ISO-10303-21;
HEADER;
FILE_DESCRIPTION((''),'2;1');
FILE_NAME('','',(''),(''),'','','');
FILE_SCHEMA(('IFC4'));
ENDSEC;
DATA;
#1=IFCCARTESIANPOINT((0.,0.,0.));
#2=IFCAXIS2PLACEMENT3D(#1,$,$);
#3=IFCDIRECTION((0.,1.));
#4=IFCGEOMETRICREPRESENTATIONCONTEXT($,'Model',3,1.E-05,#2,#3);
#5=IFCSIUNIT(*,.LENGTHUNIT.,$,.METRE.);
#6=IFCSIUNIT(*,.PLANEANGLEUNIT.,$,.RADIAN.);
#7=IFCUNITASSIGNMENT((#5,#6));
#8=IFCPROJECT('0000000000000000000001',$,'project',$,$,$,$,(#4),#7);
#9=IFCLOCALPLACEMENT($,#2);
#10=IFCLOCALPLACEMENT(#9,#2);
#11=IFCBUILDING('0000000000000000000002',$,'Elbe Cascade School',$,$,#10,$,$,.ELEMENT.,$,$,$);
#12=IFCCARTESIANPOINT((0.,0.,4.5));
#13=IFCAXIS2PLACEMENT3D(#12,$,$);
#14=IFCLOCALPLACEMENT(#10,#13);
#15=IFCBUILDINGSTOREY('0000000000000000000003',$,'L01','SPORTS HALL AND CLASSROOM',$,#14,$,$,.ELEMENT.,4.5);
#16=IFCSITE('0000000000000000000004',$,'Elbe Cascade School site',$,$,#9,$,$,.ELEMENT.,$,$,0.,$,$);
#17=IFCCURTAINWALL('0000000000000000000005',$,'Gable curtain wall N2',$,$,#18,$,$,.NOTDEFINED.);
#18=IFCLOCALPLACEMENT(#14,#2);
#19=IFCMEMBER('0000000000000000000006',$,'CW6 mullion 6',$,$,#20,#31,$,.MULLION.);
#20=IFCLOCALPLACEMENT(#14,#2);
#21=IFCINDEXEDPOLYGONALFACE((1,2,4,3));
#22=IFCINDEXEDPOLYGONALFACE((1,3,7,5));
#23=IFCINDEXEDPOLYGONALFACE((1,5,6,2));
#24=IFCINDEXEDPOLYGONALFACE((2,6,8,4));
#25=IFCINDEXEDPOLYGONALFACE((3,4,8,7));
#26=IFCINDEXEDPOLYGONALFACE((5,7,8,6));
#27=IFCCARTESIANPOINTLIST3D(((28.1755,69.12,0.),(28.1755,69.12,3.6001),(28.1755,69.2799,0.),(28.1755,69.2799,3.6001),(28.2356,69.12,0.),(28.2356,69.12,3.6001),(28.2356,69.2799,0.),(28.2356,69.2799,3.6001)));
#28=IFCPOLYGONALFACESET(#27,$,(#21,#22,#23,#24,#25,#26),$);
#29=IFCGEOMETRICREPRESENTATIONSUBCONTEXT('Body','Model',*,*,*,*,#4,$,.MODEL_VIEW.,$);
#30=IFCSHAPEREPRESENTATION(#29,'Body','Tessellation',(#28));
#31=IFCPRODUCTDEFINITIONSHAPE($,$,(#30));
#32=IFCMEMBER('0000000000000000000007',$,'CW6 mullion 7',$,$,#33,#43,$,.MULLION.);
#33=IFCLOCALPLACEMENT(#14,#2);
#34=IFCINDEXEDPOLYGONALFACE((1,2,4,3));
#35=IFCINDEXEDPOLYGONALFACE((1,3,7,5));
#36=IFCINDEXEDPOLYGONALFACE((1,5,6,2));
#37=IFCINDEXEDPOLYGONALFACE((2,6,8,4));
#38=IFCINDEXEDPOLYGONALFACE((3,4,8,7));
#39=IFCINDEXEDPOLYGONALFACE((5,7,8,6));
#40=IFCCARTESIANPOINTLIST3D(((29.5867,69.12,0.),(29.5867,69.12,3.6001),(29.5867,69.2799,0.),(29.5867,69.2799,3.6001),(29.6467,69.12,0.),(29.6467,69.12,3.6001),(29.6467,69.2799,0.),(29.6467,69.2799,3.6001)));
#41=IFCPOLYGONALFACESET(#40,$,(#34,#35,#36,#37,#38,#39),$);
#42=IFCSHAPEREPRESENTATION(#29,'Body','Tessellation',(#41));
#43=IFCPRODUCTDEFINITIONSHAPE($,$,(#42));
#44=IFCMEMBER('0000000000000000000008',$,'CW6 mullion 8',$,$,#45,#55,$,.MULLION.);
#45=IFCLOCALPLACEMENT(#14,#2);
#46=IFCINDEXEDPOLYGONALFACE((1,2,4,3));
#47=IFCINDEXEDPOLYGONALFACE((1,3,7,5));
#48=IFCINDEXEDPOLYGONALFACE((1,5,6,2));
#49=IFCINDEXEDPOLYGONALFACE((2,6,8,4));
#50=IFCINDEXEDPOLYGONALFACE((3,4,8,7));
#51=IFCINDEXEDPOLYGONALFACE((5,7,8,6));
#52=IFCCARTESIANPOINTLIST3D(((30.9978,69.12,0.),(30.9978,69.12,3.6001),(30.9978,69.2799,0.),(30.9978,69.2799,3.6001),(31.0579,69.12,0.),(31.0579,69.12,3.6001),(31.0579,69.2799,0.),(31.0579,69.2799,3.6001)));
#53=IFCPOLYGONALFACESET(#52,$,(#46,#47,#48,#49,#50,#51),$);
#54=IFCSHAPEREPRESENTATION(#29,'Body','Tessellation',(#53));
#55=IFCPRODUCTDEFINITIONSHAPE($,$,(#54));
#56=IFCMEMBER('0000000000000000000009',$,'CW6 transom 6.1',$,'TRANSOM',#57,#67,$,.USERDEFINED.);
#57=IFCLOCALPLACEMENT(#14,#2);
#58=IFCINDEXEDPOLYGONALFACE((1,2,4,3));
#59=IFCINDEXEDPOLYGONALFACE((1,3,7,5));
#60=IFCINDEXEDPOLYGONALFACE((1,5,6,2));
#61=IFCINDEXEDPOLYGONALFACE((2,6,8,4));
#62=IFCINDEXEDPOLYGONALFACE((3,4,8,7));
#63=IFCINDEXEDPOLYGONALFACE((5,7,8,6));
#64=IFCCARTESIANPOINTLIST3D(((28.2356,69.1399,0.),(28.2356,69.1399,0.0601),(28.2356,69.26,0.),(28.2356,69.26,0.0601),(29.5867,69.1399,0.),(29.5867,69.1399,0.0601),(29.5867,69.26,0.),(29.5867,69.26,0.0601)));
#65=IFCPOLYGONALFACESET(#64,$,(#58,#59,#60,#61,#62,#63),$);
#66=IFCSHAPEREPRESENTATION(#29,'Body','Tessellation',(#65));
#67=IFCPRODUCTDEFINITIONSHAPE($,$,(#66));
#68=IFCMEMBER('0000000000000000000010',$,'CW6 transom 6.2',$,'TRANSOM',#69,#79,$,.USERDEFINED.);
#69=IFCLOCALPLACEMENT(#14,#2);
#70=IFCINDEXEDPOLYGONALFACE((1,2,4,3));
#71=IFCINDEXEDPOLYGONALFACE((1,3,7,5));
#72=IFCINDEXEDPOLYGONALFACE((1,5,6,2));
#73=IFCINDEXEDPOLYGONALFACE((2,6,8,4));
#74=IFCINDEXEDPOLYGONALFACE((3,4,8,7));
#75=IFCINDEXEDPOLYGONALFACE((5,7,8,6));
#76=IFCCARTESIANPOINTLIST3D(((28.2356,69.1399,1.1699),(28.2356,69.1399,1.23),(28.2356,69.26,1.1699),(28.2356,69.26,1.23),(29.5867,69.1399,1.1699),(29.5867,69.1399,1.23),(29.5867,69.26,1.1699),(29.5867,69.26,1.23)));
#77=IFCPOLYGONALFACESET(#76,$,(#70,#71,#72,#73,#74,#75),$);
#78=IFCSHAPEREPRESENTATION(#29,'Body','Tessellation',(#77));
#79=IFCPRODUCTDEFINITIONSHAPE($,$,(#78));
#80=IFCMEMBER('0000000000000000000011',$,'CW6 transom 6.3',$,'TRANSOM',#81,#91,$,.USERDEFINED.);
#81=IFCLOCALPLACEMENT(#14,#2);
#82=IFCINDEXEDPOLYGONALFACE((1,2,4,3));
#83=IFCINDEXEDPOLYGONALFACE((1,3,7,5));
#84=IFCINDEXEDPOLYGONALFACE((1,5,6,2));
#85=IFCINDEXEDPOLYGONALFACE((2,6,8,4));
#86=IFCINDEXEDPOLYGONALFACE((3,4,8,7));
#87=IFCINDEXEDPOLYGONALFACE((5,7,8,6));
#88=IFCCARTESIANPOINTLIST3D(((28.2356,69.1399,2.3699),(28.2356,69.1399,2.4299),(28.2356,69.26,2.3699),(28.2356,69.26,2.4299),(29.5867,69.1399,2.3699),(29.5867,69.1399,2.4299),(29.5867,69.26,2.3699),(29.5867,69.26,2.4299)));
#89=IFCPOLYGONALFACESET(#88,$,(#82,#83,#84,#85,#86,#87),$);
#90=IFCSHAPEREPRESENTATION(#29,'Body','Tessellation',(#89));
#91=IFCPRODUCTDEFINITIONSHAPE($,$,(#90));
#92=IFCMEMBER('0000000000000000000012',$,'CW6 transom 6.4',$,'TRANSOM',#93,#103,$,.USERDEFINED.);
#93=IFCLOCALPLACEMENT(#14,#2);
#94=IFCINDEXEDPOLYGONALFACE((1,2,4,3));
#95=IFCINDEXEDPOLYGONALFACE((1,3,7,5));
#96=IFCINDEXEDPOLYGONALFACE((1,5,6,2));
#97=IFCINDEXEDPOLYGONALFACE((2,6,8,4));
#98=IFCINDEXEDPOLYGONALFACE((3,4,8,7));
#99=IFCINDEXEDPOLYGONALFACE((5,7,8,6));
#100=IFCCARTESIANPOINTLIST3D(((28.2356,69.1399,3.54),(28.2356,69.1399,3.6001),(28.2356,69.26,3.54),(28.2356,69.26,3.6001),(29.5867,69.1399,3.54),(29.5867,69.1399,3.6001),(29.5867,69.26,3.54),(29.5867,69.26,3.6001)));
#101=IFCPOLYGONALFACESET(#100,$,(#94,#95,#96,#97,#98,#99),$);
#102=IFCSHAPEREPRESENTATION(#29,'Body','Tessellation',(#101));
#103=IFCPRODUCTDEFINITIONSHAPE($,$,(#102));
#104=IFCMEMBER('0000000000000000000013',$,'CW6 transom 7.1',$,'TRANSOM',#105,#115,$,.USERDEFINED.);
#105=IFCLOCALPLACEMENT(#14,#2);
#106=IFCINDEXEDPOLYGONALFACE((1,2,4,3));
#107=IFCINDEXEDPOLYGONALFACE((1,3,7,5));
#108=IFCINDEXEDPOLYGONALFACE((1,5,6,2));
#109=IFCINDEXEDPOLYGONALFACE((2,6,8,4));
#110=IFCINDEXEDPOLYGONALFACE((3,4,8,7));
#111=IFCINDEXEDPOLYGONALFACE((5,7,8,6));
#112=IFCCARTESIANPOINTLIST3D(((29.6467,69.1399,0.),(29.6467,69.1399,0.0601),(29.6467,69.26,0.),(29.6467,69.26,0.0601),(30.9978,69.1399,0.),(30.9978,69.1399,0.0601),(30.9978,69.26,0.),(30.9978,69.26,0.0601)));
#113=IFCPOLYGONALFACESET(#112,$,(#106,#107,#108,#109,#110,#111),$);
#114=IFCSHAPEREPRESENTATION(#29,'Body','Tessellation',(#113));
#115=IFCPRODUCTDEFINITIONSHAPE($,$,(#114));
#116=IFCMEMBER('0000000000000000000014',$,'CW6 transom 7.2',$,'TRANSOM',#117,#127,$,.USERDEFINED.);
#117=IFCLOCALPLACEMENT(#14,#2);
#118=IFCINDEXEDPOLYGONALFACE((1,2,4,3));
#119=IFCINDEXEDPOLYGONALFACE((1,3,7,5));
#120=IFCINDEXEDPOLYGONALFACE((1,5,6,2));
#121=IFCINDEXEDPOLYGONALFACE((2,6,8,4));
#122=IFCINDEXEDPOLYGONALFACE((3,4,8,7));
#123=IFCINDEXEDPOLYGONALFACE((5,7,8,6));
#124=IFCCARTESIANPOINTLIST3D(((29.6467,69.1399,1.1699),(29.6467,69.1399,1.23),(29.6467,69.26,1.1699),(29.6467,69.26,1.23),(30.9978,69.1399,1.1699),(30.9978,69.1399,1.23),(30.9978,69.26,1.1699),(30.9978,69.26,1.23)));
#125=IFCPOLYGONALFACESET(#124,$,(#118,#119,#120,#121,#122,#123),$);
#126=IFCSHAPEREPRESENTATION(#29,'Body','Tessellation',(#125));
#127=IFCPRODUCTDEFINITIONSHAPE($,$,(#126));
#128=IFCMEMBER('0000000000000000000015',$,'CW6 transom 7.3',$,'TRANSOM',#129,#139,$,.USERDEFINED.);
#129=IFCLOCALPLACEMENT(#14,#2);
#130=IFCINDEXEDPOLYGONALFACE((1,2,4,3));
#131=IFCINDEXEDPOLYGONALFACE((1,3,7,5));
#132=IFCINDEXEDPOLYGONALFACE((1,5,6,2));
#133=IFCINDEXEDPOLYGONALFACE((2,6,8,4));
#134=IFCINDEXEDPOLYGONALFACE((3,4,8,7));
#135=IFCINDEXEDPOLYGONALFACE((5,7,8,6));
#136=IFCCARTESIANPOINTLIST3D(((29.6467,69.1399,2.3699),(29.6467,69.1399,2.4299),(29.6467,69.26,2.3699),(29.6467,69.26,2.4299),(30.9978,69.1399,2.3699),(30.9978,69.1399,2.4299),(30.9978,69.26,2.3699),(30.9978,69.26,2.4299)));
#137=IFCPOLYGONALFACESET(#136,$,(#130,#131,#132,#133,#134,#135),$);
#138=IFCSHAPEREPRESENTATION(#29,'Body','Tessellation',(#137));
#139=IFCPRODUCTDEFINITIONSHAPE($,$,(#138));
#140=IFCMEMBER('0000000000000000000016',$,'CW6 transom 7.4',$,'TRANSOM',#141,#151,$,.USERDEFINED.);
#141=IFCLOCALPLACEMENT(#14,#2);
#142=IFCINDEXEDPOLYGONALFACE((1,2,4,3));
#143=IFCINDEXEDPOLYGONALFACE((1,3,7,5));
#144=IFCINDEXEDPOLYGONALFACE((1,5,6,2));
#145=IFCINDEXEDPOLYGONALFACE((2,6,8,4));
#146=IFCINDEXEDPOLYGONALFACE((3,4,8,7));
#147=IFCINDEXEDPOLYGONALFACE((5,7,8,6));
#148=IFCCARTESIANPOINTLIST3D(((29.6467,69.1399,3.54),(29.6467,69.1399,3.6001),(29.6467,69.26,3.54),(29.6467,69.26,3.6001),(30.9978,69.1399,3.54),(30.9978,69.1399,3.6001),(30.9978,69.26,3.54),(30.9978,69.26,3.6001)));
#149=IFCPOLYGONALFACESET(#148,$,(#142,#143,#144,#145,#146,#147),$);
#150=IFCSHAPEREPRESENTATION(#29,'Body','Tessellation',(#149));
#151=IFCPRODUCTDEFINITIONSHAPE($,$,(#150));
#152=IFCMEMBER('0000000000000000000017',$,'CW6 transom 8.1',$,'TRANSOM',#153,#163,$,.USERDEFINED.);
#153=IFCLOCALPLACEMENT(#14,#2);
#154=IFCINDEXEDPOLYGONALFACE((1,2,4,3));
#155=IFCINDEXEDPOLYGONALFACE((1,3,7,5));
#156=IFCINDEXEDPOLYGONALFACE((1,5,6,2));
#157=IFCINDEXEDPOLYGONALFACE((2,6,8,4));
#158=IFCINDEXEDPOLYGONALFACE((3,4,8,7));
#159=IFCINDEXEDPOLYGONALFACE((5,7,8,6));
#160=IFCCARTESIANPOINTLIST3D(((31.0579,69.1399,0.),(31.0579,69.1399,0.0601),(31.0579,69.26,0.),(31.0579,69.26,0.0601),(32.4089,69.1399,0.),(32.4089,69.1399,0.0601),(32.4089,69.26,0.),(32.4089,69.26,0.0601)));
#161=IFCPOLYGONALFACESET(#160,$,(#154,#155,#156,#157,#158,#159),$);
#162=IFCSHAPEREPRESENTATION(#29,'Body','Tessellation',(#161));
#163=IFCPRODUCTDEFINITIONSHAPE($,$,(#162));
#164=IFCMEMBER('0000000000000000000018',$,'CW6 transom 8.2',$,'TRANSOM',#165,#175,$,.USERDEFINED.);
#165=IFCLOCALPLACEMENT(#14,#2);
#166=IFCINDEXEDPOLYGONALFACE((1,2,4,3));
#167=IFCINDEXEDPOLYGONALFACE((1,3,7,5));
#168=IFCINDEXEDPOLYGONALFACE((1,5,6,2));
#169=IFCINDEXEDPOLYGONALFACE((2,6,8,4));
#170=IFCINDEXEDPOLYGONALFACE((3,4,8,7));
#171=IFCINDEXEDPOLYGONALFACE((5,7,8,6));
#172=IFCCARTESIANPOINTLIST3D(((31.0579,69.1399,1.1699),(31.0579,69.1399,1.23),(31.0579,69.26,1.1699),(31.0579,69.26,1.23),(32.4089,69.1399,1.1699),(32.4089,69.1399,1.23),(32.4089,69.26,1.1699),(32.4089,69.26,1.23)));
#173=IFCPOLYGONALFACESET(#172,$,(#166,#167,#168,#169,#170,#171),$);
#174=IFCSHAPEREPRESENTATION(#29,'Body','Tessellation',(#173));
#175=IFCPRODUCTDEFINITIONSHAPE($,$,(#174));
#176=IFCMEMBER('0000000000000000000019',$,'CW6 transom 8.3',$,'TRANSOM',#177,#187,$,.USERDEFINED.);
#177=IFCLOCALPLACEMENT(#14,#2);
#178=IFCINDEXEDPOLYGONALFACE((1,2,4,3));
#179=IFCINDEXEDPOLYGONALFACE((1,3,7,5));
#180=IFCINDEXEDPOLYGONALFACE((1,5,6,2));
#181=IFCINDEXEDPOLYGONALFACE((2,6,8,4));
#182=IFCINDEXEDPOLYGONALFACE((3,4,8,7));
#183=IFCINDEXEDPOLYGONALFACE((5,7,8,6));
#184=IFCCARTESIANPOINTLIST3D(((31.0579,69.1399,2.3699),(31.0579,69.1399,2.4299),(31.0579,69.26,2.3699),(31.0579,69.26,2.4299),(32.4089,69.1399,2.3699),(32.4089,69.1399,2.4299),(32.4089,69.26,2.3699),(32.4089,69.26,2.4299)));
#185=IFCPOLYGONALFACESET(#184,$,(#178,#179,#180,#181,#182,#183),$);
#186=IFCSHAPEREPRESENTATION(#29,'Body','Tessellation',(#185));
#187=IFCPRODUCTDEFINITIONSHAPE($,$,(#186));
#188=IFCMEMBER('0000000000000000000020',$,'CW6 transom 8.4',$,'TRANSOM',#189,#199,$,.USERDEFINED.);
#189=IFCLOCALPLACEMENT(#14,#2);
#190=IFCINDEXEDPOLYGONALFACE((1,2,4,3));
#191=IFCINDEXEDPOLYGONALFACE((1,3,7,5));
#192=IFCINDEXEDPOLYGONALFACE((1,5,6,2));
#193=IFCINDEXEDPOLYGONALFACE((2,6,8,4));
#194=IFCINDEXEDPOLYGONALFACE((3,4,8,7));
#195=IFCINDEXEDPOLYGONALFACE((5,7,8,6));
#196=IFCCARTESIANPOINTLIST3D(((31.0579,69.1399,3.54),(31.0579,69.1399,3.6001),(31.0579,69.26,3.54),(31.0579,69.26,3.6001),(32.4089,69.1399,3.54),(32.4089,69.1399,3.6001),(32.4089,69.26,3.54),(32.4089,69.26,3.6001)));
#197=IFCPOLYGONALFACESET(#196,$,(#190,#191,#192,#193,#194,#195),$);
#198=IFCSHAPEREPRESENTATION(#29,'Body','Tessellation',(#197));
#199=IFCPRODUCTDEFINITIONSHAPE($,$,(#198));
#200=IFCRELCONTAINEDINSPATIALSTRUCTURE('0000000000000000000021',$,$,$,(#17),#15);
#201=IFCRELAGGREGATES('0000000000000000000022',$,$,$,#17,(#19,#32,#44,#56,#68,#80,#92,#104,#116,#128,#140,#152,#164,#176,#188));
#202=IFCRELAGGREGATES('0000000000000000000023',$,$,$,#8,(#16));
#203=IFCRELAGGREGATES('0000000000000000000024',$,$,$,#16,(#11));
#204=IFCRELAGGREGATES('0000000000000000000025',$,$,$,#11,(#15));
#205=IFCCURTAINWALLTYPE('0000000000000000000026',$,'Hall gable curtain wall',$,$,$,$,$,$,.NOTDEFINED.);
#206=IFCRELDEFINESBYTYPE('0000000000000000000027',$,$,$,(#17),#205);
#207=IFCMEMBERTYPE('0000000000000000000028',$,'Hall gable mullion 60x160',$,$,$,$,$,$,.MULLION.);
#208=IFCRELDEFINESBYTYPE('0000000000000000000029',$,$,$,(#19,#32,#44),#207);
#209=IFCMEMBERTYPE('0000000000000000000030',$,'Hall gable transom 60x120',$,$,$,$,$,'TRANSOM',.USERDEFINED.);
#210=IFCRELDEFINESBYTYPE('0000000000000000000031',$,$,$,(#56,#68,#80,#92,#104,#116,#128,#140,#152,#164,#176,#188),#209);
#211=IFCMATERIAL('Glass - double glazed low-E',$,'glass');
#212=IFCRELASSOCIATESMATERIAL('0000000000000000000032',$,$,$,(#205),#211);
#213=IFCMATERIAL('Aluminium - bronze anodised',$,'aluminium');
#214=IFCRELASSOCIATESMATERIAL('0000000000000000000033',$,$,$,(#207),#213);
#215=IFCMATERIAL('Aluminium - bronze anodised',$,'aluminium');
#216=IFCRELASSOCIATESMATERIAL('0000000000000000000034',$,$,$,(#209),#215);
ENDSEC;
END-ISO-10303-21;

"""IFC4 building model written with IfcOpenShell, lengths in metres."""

from ifc_helpers import new_model, si_unit, direction, frame, origin, origin_2d, place, context, subcontext, project, spatial, rectangle, extrude, material, material_profile, profile_set, type_object, element, aggregate, save


model = new_model("IFC4")

# Units and contexts
model_context = context("Model", 3, precision=1e-05, world=origin(), true_north=direction((0.0, 1.0)))
body_context = subcontext(model_context, "Body", "Model", "MODEL_VIEW")
ifc_project = project(units=[si_unit("LENGTHUNIT", "METRE"), si_unit("PLANEANGLEUNIT", "RADIAN")], contexts=[model_context])

# Site, building, storey
site_placement = place(None, origin())
site = spatial("IfcSite", under=ifc_project, at=site_placement, Name="Elbe Cascade School site", CompositionType="ELEMENT", RefElevation=0.0)
building_placement = place(site_placement, origin())
building = spatial("IfcBuilding", under=site, at=building_placement, Name="Elbe Cascade School", CompositionType="ELEMENT")
storey_placement = place(building_placement, frame((0.0, 0.0, 4.5)))
storey = spatial("IfcBuildingStorey", under=building, at=storey_placement, Name="L01", Description="SPORTS HALL AND CLASSROOM", CompositionType="ELEMENT", Elevation=4.5)

# Curtain wall, members
ifc_material_1 = material(Name="Glass - double glazed low-E", Category="glass")
curtain_wall_type = type_object("IfcCurtainWallType", Name="Hall gable curtain wall", PredefinedType="NOTDEFINED", material=ifc_material_1)
curtain_wall_placement = place(storey_placement, origin())
curtain_wall = element("IfcCurtainWall", 1, at=curtain_wall_placement, inside=storey, type_object=curtain_wall_type, Name="Gable curtain wall N2", PredefinedType="NOTDEFINED")
ifc_material_2 = material(Name="Aluminium - bronze anodised", Category="aluminium")
ifc_material_profile_1 = material_profile(ifc_material_2, rectangle(XDim=0.1599, YDim=0.0601, at=origin_2d()), Name="Alu 60x160")
ifc_profile_set_1 = profile_set([ifc_material_profile_1], Name="Aluminium - bronze anodised")
member_type_1 = type_object("IfcMemberType", Name="Hall gable mullion 60x160", PredefinedType="MULLION", material=ifc_profile_set_1)
member_1_placement = place(storey_placement, frame((28.2056, 69.2, 0.0), z_axis=(0.0, 0.0, 1.0), x_axis=(0.0, 1.0, 0.0)))
member_1 = element("IfcMember", 2, at=member_1_placement, type_object=member_type_1, Name="CW6 mullion 6", PredefinedType="MULLION", context=body_context, shape_type="SweptSolid", body=[
    extrude(rectangle(XDim=0.1599, YDim=0.0601, at=origin_2d()), origin(), (0.0, 0.0, 1.0), 3.6001),
])
member_2_placement = place(storey_placement, frame((29.6167, 69.2, 0.0), z_axis=(0.0, 0.0, 1.0), x_axis=(0.0, 1.0, 0.0)))
member_2 = element("IfcMember", 3, at=member_2_placement, type_object=member_type_1, Name="CW6 mullion 7", PredefinedType="MULLION", context=body_context, shape_type="SweptSolid", body=[
    extrude(rectangle(XDim=0.1599, YDim=0.0601, at=origin_2d()), origin(), (0.0, 0.0, 1.0), 3.6001),
])
member_3_placement = place(storey_placement, frame((31.0278, 69.2, 0.0), z_axis=(0.0, 0.0, 1.0), x_axis=(0.0, 1.0, 0.0)))
member_3 = element("IfcMember", 4, at=member_3_placement, type_object=member_type_1, Name="CW6 mullion 8", PredefinedType="MULLION", context=body_context, shape_type="SweptSolid", body=[
    extrude(rectangle(XDim=0.1599, YDim=0.0601, at=origin_2d()), origin(), (0.0, 0.0, 1.0), 3.6001),
])
ifc_material_3 = material(Name="Aluminium - bronze anodised", Category="aluminium")
ifc_material_profile_2 = material_profile(ifc_material_3, rectangle(XDim=0.1201, YDim=0.0601, at=origin_2d()), Name="Alu 60x120")
ifc_profile_set_2 = profile_set([ifc_material_profile_2], Name="Aluminium - bronze anodised")
member_type_2 = type_object("IfcMemberType", Name="Hall gable transom 60x120", ElementType="TRANSOM", PredefinedType="USERDEFINED", material=ifc_profile_set_2)
member_4_placement = place(storey_placement, frame((28.2356, 69.2, 0.03), z_axis=(1.0, 0.0, 0.0), x_axis=(0.0, 1.0, 0.0)))
member_4 = element("IfcMember", 5, at=member_4_placement, type_object=member_type_2, Name="CW6 transom 6.1", ObjectType="TRANSOM", PredefinedType="USERDEFINED", context=body_context, shape_type="SweptSolid", body=[
    extrude(rectangle(XDim=0.1201, YDim=0.0601, at=origin_2d()), origin(), (0.0, 0.0, 1.0), 1.3511),
])
member_5_placement = place(storey_placement, frame((28.2356, 69.2, 1.2), z_axis=(1.0, 0.0, 0.0), x_axis=(0.0, 1.0, 0.0)))
member_5 = element("IfcMember", 6, at=member_5_placement, type_object=member_type_2, Name="CW6 transom 6.2", ObjectType="TRANSOM", PredefinedType="USERDEFINED", context=body_context, shape_type="SweptSolid", body=[
    extrude(rectangle(XDim=0.1201, YDim=0.0601, at=origin_2d()), origin(), (0.0, 0.0, 1.0), 1.3511),
])
member_6_placement = place(storey_placement, frame((28.2356, 69.2, 2.3999), z_axis=(1.0, 0.0, 0.0), x_axis=(0.0, 1.0, 0.0)))
member_6 = element("IfcMember", 7, at=member_6_placement, type_object=member_type_2, Name="CW6 transom 6.3", ObjectType="TRANSOM", PredefinedType="USERDEFINED", context=body_context, shape_type="SweptSolid", body=[
    extrude(rectangle(XDim=0.1201, YDim=0.0601, at=origin_2d()), origin(), (0.0, 0.0, 1.0), 1.3511),
])
member_7_placement = place(storey_placement, frame((28.2356, 69.2, 3.5701), z_axis=(1.0, 0.0, 0.0), x_axis=(0.0, 1.0, 0.0)))
member_7 = element("IfcMember", 8, at=member_7_placement, type_object=member_type_2, Name="CW6 transom 6.4", ObjectType="TRANSOM", PredefinedType="USERDEFINED", context=body_context, shape_type="SweptSolid", body=[
    extrude(rectangle(XDim=0.1201, YDim=0.0601, at=origin_2d()), origin(), (0.0, 0.0, 1.0), 1.3511),
])
member_8_placement = place(storey_placement, frame((29.6467, 69.2, 0.03), z_axis=(1.0, 0.0, 0.0), x_axis=(0.0, 1.0, 0.0)))
member_8 = element("IfcMember", 9, at=member_8_placement, type_object=member_type_2, Name="CW6 transom 7.1", ObjectType="TRANSOM", PredefinedType="USERDEFINED", context=body_context, shape_type="SweptSolid", body=[
    extrude(rectangle(XDim=0.1201, YDim=0.0601, at=origin_2d()), origin(), (0.0, 0.0, 1.0), 1.3511),
])
member_9_placement = place(storey_placement, frame((29.6467, 69.2, 1.2), z_axis=(1.0, 0.0, 0.0), x_axis=(0.0, 1.0, 0.0)))
member_9 = element("IfcMember", 10, at=member_9_placement, type_object=member_type_2, Name="CW6 transom 7.2", ObjectType="TRANSOM", PredefinedType="USERDEFINED", context=body_context, shape_type="SweptSolid", body=[
    extrude(rectangle(XDim=0.1201, YDim=0.0601, at=origin_2d()), origin(), (0.0, 0.0, 1.0), 1.3511),
])
member_10_placement = place(storey_placement, frame((29.6467, 69.2, 2.3999), z_axis=(1.0, 0.0, 0.0), x_axis=(0.0, 1.0, 0.0)))
member_10 = element("IfcMember", 11, at=member_10_placement, type_object=member_type_2, Name="CW6 transom 7.3", ObjectType="TRANSOM", PredefinedType="USERDEFINED", context=body_context, shape_type="SweptSolid", body=[
    extrude(rectangle(XDim=0.1201, YDim=0.0601, at=origin_2d()), origin(), (0.0, 0.0, 1.0), 1.3511),
])
member_11_placement = place(storey_placement, frame((29.6467, 69.2, 3.5701), z_axis=(1.0, 0.0, 0.0), x_axis=(0.0, 1.0, 0.0)))
member_11 = element("IfcMember", 12, at=member_11_placement, type_object=member_type_2, Name="CW6 transom 7.4", ObjectType="TRANSOM", PredefinedType="USERDEFINED", context=body_context, shape_type="SweptSolid", body=[
    extrude(rectangle(XDim=0.1201, YDim=0.0601, at=origin_2d()), origin(), (0.0, 0.0, 1.0), 1.3511),
])
member_12_placement = place(storey_placement, frame((31.0579, 69.2, 0.03), z_axis=(1.0, 0.0, 0.0), x_axis=(0.0, 1.0, 0.0)))
member_12 = element("IfcMember", 13, at=member_12_placement, type_object=member_type_2, Name="CW6 transom 8.1", ObjectType="TRANSOM", PredefinedType="USERDEFINED", context=body_context, shape_type="SweptSolid", body=[
    extrude(rectangle(XDim=0.1201, YDim=0.0601, at=origin_2d()), origin(), (0.0, 0.0, 1.0), 1.3511),
])
member_13_placement = place(storey_placement, frame((31.0579, 69.2, 1.2), z_axis=(1.0, 0.0, 0.0), x_axis=(0.0, 1.0, 0.0)))
member_13 = element("IfcMember", 14, at=member_13_placement, type_object=member_type_2, Name="CW6 transom 8.2", ObjectType="TRANSOM", PredefinedType="USERDEFINED", context=body_context, shape_type="SweptSolid", body=[
    extrude(rectangle(XDim=0.1201, YDim=0.0601, at=origin_2d()), origin(), (0.0, 0.0, 1.0), 1.3511),
])
member_14_placement = place(storey_placement, frame((31.0579, 69.2, 2.3999), z_axis=(1.0, 0.0, 0.0), x_axis=(0.0, 1.0, 0.0)))
member_14 = element("IfcMember", 15, at=member_14_placement, type_object=member_type_2, Name="CW6 transom 8.3", ObjectType="TRANSOM", PredefinedType="USERDEFINED", context=body_context, shape_type="SweptSolid", body=[
    extrude(rectangle(XDim=0.1201, YDim=0.0601, at=origin_2d()), origin(), (0.0, 0.0, 1.0), 1.3511),
])
member_15_placement = place(storey_placement, frame((31.0579, 69.2, 3.5701), z_axis=(1.0, 0.0, 0.0), x_axis=(0.0, 1.0, 0.0)))
member_15 = element("IfcMember", 16, at=member_15_placement, type_object=member_type_2, Name="CW6 transom 8.4", ObjectType="TRANSOM", PredefinedType="USERDEFINED", context=body_context, shape_type="SweptSolid", body=[
    extrude(rectangle(XDim=0.1201, YDim=0.0601, at=origin_2d()), origin(), (0.0, 0.0, 1.0), 1.3511),
])
aggregate(curtain_wall, [member_1, member_2, member_3, member_4, member_5, member_6, member_7, member_8, member_9, member_10, member_11, member_12, member_13, member_14, member_15])

save(model, "model.ifc")
